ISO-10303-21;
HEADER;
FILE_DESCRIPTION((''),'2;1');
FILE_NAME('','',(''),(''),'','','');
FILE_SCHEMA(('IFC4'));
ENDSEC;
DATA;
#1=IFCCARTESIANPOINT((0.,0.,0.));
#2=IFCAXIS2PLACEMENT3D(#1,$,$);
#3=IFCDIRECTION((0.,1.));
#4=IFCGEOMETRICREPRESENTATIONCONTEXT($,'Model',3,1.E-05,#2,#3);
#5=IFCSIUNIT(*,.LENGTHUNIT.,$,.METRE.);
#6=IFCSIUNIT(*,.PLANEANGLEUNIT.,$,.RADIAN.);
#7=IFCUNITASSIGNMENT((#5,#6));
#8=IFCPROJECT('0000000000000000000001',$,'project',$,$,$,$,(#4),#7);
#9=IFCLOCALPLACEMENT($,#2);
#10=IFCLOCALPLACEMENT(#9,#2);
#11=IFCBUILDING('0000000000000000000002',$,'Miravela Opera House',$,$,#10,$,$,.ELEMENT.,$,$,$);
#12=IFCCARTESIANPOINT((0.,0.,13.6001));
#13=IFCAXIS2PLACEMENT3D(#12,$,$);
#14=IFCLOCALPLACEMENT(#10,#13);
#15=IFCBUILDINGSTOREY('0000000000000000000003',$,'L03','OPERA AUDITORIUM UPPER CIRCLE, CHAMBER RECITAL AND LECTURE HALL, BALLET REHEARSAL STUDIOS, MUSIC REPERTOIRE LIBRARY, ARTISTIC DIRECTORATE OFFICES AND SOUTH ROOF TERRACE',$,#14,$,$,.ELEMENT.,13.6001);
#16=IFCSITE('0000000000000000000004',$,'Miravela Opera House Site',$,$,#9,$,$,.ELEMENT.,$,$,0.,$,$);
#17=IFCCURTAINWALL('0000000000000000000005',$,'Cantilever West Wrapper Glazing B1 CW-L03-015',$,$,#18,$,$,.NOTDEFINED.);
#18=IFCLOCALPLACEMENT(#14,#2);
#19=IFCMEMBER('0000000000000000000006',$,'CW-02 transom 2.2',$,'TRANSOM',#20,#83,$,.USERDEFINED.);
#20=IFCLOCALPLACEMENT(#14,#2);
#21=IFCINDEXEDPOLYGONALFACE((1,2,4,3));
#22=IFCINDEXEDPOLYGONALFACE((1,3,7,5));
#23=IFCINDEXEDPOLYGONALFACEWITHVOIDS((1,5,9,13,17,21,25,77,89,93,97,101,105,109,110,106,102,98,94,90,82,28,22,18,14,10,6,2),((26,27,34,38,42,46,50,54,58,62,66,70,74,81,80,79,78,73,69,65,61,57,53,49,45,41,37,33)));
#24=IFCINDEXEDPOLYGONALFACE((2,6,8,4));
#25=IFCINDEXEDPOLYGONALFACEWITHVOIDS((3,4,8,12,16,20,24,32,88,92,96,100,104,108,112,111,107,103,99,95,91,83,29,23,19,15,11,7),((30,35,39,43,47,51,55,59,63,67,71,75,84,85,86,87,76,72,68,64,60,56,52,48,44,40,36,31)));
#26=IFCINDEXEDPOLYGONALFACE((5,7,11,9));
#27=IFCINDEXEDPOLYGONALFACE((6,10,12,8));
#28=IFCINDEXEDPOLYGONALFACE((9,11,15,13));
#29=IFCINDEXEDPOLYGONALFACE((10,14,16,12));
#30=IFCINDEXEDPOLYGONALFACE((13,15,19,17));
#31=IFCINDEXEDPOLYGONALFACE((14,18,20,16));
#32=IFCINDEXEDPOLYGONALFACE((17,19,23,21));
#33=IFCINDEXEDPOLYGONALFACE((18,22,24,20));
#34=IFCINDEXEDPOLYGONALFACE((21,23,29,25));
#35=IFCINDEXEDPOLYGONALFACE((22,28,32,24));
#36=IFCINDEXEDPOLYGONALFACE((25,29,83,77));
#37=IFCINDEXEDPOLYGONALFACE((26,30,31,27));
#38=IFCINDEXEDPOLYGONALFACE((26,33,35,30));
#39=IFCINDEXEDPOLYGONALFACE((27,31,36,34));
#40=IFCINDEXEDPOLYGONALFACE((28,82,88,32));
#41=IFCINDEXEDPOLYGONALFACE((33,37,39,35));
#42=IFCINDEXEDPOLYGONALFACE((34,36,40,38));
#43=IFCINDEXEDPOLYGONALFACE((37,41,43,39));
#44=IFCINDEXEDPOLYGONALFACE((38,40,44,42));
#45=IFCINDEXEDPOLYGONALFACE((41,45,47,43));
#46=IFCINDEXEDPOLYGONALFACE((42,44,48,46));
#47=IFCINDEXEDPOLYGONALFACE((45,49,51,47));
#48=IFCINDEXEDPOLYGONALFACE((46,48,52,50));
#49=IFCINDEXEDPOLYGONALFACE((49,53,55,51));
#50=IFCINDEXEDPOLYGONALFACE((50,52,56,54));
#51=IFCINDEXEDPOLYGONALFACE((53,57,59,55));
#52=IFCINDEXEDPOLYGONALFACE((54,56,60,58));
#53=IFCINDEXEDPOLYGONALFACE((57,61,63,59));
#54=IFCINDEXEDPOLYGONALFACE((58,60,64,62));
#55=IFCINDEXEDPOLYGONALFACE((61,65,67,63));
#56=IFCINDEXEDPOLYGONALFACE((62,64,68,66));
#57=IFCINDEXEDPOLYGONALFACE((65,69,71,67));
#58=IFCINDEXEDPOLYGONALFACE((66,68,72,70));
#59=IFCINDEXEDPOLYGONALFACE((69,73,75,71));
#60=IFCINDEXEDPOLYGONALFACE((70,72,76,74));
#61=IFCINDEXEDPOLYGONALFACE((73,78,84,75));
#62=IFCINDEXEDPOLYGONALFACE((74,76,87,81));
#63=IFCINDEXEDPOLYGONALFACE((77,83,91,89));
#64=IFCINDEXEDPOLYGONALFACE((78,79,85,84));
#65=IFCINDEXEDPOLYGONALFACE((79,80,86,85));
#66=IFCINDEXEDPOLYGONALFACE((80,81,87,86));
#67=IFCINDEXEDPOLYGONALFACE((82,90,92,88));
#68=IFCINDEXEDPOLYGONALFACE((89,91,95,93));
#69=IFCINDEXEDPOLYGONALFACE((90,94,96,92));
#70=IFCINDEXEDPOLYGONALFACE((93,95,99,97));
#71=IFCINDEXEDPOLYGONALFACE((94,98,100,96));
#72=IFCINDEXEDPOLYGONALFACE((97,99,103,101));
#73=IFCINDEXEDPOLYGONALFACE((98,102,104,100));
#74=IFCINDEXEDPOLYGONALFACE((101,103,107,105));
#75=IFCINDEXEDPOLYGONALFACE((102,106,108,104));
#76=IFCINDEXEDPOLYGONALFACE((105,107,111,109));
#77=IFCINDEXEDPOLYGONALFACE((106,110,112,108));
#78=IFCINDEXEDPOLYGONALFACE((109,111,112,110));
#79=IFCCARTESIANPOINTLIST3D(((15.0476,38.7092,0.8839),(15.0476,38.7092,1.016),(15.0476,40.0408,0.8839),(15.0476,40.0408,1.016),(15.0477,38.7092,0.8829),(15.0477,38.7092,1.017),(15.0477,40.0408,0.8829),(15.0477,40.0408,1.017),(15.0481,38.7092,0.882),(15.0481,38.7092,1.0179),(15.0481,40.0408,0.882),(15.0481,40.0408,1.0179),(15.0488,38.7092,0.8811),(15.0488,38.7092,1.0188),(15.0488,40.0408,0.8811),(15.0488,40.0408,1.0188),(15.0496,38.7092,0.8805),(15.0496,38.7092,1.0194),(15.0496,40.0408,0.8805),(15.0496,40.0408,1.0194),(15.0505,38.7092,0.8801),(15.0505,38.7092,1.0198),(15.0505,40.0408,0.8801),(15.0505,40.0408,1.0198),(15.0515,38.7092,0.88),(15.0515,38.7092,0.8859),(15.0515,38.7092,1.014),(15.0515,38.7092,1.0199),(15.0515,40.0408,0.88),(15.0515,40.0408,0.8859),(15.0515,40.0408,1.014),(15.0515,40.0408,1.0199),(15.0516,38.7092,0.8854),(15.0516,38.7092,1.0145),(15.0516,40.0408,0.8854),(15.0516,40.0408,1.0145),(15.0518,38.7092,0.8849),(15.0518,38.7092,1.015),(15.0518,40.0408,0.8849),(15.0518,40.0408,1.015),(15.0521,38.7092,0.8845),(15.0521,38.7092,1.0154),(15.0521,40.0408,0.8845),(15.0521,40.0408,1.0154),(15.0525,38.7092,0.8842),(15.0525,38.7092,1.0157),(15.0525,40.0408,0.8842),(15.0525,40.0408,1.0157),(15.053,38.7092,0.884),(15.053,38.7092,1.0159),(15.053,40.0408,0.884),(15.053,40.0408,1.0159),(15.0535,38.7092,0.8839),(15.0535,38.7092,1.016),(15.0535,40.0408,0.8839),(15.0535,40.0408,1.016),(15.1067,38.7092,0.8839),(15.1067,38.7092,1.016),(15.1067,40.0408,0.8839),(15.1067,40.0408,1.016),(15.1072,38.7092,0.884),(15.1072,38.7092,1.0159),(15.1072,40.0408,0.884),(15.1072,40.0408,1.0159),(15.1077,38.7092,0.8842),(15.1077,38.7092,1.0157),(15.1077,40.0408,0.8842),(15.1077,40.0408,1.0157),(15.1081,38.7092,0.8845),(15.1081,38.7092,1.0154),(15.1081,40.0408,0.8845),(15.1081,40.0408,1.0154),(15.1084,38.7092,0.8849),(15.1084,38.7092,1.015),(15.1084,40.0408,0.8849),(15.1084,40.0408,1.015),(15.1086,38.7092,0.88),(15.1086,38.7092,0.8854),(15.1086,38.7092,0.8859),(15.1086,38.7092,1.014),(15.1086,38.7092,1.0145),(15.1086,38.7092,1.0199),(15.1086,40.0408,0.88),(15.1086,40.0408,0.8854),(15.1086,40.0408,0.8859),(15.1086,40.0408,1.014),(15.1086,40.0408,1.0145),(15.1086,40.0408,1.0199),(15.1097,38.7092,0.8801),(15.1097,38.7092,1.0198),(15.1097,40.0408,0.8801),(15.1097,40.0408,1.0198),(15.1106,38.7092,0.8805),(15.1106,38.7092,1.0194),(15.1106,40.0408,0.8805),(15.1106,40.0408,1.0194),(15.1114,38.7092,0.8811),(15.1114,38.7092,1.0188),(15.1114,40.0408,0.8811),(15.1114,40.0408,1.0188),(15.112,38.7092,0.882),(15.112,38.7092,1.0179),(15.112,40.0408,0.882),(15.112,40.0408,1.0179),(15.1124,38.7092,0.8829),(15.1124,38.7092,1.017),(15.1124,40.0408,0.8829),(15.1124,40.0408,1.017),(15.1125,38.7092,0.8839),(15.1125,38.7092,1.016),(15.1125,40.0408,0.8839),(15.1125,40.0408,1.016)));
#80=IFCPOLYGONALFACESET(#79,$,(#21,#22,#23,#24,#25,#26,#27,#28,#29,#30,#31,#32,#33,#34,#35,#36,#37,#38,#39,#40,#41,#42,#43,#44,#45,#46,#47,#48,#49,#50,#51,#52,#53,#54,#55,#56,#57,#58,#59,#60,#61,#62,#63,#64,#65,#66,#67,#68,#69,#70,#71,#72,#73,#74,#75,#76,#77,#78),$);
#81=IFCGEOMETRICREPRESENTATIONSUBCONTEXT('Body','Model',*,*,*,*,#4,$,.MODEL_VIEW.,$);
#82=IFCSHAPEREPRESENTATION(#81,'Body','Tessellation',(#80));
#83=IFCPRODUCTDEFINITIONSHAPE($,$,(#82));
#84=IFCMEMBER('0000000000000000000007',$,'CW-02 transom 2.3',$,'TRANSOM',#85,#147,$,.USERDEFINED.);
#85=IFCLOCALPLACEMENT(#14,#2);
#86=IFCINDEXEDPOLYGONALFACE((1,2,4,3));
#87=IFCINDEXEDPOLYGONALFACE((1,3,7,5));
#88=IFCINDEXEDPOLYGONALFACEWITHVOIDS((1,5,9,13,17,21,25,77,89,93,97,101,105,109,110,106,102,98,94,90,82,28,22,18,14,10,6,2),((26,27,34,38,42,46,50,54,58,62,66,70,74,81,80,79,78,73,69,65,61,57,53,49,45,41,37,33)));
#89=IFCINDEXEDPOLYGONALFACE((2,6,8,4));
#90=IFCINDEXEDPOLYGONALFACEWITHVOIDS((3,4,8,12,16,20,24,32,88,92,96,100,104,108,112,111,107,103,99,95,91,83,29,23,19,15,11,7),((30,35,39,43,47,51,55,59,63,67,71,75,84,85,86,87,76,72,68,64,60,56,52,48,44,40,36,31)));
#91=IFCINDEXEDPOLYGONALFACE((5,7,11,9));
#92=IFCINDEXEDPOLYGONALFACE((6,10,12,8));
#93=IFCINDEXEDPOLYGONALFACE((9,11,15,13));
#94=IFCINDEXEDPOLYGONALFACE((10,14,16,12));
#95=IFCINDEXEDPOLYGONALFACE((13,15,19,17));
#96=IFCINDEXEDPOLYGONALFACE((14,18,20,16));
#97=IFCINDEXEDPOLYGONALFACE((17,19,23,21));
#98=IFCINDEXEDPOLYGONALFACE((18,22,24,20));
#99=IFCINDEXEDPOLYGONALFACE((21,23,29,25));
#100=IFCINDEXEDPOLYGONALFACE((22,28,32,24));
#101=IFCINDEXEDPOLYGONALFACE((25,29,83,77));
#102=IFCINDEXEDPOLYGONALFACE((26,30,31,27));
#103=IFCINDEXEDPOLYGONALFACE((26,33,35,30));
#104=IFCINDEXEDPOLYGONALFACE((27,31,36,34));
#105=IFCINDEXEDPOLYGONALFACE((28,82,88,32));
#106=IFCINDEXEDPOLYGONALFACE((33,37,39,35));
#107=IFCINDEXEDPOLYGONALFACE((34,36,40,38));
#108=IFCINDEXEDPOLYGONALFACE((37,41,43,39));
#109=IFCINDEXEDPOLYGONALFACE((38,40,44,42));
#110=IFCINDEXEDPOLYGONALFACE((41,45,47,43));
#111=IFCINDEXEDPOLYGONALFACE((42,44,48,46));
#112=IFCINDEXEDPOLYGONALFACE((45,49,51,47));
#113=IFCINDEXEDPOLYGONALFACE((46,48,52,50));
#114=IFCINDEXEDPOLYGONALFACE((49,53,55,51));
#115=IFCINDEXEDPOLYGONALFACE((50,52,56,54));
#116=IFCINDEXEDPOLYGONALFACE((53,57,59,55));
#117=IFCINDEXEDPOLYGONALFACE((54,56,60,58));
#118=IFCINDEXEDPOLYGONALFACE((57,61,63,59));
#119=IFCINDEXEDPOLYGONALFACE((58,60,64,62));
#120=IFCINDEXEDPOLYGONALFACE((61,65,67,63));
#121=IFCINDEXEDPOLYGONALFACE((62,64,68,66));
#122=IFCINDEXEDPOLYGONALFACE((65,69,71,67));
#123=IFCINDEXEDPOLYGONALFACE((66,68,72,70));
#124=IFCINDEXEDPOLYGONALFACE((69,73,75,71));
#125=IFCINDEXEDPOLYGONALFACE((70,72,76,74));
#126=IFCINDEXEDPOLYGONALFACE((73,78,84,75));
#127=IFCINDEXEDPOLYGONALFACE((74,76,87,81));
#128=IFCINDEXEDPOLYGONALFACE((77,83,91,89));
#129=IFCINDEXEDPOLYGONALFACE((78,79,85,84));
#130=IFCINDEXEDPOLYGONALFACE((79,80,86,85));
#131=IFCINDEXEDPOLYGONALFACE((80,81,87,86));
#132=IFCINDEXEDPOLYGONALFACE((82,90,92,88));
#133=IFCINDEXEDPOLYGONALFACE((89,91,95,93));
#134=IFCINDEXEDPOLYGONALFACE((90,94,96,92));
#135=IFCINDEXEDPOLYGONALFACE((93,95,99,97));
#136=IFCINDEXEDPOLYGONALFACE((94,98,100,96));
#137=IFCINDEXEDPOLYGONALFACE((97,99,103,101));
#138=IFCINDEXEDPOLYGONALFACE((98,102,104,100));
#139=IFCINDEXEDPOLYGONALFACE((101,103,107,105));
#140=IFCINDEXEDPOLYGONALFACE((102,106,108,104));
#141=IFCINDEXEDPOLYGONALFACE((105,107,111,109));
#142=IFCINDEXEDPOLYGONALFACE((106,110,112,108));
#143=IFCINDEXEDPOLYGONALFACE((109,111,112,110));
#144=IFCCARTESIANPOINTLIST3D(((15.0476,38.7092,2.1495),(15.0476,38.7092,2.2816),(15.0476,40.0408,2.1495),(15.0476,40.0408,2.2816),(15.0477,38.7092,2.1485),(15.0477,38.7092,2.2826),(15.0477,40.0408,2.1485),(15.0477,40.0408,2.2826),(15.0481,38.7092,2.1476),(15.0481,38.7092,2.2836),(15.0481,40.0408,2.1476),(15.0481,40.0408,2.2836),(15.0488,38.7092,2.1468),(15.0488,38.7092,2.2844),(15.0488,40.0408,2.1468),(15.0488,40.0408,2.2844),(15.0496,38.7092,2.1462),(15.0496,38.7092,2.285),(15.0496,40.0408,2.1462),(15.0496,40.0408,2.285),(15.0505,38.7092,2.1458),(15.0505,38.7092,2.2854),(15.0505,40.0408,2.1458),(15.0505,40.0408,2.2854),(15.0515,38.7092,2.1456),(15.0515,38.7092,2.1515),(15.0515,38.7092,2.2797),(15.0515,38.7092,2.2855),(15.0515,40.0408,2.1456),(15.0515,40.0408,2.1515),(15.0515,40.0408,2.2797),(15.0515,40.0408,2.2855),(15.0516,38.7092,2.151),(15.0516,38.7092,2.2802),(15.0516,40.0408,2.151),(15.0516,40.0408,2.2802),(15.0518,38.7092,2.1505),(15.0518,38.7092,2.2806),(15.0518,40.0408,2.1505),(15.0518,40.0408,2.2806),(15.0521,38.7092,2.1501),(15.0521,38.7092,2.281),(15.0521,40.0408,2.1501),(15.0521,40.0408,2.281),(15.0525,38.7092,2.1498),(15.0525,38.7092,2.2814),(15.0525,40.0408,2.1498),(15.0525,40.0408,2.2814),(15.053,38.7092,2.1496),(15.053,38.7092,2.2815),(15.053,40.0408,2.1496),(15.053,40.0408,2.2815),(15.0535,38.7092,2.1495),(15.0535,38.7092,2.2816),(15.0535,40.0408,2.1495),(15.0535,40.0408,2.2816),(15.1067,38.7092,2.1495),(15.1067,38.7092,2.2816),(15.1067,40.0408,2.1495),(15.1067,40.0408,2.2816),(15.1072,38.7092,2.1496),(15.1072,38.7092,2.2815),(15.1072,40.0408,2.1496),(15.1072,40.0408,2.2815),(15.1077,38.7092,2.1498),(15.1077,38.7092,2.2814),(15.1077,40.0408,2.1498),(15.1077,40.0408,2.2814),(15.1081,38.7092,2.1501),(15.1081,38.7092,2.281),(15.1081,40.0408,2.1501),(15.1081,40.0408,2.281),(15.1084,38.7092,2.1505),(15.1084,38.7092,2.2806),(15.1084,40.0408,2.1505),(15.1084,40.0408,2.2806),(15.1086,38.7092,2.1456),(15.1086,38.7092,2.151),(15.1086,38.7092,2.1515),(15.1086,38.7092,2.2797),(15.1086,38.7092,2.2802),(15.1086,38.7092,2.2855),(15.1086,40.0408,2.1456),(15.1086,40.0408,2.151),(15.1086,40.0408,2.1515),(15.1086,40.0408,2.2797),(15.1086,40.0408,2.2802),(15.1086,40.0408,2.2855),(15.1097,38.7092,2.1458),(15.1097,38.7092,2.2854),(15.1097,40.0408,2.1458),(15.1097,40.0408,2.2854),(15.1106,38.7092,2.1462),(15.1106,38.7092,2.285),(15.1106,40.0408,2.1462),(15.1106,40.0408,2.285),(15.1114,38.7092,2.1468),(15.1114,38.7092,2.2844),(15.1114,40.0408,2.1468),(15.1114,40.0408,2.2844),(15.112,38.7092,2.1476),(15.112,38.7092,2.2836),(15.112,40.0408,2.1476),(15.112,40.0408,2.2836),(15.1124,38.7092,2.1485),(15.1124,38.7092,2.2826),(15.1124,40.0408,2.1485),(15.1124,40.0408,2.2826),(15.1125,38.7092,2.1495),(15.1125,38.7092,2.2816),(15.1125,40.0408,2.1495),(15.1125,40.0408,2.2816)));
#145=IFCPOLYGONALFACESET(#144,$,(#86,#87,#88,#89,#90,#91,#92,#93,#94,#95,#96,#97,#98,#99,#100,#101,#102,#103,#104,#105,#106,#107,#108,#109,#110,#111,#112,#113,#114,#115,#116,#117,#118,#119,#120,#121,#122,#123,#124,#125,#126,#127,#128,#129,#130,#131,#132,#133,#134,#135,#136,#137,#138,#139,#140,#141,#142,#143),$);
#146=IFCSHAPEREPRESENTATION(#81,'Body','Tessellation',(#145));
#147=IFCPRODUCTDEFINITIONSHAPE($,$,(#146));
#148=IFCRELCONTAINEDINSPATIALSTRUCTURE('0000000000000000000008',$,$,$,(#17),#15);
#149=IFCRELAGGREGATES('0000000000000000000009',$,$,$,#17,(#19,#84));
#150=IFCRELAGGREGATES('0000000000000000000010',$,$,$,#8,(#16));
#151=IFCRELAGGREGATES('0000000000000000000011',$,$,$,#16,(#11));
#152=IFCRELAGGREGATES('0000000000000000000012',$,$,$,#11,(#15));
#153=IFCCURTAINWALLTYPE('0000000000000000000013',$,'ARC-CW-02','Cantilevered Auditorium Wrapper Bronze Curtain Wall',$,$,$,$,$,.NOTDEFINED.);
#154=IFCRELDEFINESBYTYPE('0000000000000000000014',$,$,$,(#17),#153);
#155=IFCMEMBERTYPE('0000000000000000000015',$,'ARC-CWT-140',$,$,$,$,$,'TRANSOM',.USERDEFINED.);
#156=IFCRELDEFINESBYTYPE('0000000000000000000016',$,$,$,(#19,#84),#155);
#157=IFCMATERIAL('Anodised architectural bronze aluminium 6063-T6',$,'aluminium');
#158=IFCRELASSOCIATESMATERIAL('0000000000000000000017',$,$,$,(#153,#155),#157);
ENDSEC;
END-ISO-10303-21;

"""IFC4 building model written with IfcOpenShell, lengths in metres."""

from ifc_helpers import new_model, si_unit, direction, frame, origin, origin_2d, place, context, subcontext, project, spatial, hollow_rectangle, extrude, material, material_profile, profile_set, type_object, element, aggregate, save


model = new_model("IFC4")

# Units and contexts
model_context = context("Model", 3, precision=1e-05, world=origin(), true_north=direction((0.0, 1.0)))
body_context = subcontext(model_context, "Body", "Model", "MODEL_VIEW")
ifc_project = project(units=[si_unit("LENGTHUNIT", "METRE"), si_unit("PLANEANGLEUNIT", "RADIAN")], contexts=[model_context])

# Site, building, storey
site_placement = place(None, origin())
site = spatial("IfcSite", under=ifc_project, at=site_placement, Name="Miravela Opera House Site", CompositionType="ELEMENT", RefElevation=0.0)
building_placement = place(site_placement, origin())
building = spatial("IfcBuilding", under=site, at=building_placement, Name="Miravela Opera House", CompositionType="ELEMENT")
storey_placement = place(building_placement, frame((0.0, 0.0, 13.6001)))
storey = spatial("IfcBuildingStorey", under=building, at=storey_placement, Name="L03", Description="OPERA AUDITORIUM UPPER CIRCLE, CHAMBER RECITAL AND LECTURE HALL, BALLET REHEARSAL STUDIOS, MUSIC REPERTOIRE LIBRARY, ARTISTIC DIRECTORATE OFFICES AND SOUTH ROOF TERRACE", CompositionType="ELEMENT", Elevation=13.6001)

# Curtain wall
ifc_material_1 = material(Name="Anodised architectural bronze aluminium 6063-T6", Category="aluminium")
curtain_wall_type = type_object("IfcCurtainWallType", Name="ARC-CW-02", Description="Cantilevered Auditorium Wrapper Bronze Curtain Wall", PredefinedType="NOTDEFINED", material=ifc_material_1)
curtain_wall_1_placement = place(storey_placement, origin())
curtain_wall_1 = element("IfcCurtainWall", 1, at=curtain_wall_1_placement, inside=storey, type_object=curtain_wall_type, Name="Cantilever West Wrapper Glazing B1 CW-L03-015", PredefinedType="NOTDEFINED")

# Members
ifc_material_profile_1 = material_profile(ifc_material_1, hollow_rectangle(XDim=0.0649, YDim=0.1399, WallThickness=0.0039, InnerFilletRadius=0.002, OuterFilletRadius=0.0039, at=origin_2d()), Name="CWT-65X140")
ifc_profile_set_1 = profile_set([ifc_material_profile_1])
member_type_1 = type_object("IfcMemberType", Name="ARC-CWT-140", ElementType="TRANSOM", PredefinedType="USERDEFINED", material=ifc_profile_set_1)
member_1_placement = place(storey_placement, frame((15.0801, 38.7092, 0.95), z_axis=(0.0, 1.0, 0.0), x_axis=(-1.0, 0.0, 0.0)))
member_1 = element("IfcMember", 2, at=member_1_placement, type_object=member_type_1, Name="CW-02 transom 2.2", ObjectType="TRANSOM", PredefinedType="USERDEFINED", context=body_context, shape_type="SweptSolid", body=[
    extrude(hollow_rectangle(XDim=0.0649, YDim=0.1399, WallThickness=0.0039, InnerFilletRadius=0.002, OuterFilletRadius=0.0039, at=origin_2d()), origin(), (0.0, 0.0, 1.0), 1.3315),
])
member_2_placement = place(storey_placement, frame((15.0801, 38.7092, 2.2156), z_axis=(0.0, 1.0, 0.0), x_axis=(-1.0, 0.0, 0.0)))
member_2 = element("IfcMember", 3, at=member_2_placement, type_object=member_type_1, Name="CW-02 transom 2.3", ObjectType="TRANSOM", PredefinedType="USERDEFINED", context=body_context, shape_type="SweptSolid", body=[
    extrude(hollow_rectangle(XDim=0.0649, YDim=0.1399, WallThickness=0.0039, InnerFilletRadius=0.002, OuterFilletRadius=0.0039, at=origin_2d()), origin(), (0.0, 0.0, 1.0), 1.3315),
])

aggregate(curtain_wall_1, [member_1, member_2])

save(model, "model.ifc")
